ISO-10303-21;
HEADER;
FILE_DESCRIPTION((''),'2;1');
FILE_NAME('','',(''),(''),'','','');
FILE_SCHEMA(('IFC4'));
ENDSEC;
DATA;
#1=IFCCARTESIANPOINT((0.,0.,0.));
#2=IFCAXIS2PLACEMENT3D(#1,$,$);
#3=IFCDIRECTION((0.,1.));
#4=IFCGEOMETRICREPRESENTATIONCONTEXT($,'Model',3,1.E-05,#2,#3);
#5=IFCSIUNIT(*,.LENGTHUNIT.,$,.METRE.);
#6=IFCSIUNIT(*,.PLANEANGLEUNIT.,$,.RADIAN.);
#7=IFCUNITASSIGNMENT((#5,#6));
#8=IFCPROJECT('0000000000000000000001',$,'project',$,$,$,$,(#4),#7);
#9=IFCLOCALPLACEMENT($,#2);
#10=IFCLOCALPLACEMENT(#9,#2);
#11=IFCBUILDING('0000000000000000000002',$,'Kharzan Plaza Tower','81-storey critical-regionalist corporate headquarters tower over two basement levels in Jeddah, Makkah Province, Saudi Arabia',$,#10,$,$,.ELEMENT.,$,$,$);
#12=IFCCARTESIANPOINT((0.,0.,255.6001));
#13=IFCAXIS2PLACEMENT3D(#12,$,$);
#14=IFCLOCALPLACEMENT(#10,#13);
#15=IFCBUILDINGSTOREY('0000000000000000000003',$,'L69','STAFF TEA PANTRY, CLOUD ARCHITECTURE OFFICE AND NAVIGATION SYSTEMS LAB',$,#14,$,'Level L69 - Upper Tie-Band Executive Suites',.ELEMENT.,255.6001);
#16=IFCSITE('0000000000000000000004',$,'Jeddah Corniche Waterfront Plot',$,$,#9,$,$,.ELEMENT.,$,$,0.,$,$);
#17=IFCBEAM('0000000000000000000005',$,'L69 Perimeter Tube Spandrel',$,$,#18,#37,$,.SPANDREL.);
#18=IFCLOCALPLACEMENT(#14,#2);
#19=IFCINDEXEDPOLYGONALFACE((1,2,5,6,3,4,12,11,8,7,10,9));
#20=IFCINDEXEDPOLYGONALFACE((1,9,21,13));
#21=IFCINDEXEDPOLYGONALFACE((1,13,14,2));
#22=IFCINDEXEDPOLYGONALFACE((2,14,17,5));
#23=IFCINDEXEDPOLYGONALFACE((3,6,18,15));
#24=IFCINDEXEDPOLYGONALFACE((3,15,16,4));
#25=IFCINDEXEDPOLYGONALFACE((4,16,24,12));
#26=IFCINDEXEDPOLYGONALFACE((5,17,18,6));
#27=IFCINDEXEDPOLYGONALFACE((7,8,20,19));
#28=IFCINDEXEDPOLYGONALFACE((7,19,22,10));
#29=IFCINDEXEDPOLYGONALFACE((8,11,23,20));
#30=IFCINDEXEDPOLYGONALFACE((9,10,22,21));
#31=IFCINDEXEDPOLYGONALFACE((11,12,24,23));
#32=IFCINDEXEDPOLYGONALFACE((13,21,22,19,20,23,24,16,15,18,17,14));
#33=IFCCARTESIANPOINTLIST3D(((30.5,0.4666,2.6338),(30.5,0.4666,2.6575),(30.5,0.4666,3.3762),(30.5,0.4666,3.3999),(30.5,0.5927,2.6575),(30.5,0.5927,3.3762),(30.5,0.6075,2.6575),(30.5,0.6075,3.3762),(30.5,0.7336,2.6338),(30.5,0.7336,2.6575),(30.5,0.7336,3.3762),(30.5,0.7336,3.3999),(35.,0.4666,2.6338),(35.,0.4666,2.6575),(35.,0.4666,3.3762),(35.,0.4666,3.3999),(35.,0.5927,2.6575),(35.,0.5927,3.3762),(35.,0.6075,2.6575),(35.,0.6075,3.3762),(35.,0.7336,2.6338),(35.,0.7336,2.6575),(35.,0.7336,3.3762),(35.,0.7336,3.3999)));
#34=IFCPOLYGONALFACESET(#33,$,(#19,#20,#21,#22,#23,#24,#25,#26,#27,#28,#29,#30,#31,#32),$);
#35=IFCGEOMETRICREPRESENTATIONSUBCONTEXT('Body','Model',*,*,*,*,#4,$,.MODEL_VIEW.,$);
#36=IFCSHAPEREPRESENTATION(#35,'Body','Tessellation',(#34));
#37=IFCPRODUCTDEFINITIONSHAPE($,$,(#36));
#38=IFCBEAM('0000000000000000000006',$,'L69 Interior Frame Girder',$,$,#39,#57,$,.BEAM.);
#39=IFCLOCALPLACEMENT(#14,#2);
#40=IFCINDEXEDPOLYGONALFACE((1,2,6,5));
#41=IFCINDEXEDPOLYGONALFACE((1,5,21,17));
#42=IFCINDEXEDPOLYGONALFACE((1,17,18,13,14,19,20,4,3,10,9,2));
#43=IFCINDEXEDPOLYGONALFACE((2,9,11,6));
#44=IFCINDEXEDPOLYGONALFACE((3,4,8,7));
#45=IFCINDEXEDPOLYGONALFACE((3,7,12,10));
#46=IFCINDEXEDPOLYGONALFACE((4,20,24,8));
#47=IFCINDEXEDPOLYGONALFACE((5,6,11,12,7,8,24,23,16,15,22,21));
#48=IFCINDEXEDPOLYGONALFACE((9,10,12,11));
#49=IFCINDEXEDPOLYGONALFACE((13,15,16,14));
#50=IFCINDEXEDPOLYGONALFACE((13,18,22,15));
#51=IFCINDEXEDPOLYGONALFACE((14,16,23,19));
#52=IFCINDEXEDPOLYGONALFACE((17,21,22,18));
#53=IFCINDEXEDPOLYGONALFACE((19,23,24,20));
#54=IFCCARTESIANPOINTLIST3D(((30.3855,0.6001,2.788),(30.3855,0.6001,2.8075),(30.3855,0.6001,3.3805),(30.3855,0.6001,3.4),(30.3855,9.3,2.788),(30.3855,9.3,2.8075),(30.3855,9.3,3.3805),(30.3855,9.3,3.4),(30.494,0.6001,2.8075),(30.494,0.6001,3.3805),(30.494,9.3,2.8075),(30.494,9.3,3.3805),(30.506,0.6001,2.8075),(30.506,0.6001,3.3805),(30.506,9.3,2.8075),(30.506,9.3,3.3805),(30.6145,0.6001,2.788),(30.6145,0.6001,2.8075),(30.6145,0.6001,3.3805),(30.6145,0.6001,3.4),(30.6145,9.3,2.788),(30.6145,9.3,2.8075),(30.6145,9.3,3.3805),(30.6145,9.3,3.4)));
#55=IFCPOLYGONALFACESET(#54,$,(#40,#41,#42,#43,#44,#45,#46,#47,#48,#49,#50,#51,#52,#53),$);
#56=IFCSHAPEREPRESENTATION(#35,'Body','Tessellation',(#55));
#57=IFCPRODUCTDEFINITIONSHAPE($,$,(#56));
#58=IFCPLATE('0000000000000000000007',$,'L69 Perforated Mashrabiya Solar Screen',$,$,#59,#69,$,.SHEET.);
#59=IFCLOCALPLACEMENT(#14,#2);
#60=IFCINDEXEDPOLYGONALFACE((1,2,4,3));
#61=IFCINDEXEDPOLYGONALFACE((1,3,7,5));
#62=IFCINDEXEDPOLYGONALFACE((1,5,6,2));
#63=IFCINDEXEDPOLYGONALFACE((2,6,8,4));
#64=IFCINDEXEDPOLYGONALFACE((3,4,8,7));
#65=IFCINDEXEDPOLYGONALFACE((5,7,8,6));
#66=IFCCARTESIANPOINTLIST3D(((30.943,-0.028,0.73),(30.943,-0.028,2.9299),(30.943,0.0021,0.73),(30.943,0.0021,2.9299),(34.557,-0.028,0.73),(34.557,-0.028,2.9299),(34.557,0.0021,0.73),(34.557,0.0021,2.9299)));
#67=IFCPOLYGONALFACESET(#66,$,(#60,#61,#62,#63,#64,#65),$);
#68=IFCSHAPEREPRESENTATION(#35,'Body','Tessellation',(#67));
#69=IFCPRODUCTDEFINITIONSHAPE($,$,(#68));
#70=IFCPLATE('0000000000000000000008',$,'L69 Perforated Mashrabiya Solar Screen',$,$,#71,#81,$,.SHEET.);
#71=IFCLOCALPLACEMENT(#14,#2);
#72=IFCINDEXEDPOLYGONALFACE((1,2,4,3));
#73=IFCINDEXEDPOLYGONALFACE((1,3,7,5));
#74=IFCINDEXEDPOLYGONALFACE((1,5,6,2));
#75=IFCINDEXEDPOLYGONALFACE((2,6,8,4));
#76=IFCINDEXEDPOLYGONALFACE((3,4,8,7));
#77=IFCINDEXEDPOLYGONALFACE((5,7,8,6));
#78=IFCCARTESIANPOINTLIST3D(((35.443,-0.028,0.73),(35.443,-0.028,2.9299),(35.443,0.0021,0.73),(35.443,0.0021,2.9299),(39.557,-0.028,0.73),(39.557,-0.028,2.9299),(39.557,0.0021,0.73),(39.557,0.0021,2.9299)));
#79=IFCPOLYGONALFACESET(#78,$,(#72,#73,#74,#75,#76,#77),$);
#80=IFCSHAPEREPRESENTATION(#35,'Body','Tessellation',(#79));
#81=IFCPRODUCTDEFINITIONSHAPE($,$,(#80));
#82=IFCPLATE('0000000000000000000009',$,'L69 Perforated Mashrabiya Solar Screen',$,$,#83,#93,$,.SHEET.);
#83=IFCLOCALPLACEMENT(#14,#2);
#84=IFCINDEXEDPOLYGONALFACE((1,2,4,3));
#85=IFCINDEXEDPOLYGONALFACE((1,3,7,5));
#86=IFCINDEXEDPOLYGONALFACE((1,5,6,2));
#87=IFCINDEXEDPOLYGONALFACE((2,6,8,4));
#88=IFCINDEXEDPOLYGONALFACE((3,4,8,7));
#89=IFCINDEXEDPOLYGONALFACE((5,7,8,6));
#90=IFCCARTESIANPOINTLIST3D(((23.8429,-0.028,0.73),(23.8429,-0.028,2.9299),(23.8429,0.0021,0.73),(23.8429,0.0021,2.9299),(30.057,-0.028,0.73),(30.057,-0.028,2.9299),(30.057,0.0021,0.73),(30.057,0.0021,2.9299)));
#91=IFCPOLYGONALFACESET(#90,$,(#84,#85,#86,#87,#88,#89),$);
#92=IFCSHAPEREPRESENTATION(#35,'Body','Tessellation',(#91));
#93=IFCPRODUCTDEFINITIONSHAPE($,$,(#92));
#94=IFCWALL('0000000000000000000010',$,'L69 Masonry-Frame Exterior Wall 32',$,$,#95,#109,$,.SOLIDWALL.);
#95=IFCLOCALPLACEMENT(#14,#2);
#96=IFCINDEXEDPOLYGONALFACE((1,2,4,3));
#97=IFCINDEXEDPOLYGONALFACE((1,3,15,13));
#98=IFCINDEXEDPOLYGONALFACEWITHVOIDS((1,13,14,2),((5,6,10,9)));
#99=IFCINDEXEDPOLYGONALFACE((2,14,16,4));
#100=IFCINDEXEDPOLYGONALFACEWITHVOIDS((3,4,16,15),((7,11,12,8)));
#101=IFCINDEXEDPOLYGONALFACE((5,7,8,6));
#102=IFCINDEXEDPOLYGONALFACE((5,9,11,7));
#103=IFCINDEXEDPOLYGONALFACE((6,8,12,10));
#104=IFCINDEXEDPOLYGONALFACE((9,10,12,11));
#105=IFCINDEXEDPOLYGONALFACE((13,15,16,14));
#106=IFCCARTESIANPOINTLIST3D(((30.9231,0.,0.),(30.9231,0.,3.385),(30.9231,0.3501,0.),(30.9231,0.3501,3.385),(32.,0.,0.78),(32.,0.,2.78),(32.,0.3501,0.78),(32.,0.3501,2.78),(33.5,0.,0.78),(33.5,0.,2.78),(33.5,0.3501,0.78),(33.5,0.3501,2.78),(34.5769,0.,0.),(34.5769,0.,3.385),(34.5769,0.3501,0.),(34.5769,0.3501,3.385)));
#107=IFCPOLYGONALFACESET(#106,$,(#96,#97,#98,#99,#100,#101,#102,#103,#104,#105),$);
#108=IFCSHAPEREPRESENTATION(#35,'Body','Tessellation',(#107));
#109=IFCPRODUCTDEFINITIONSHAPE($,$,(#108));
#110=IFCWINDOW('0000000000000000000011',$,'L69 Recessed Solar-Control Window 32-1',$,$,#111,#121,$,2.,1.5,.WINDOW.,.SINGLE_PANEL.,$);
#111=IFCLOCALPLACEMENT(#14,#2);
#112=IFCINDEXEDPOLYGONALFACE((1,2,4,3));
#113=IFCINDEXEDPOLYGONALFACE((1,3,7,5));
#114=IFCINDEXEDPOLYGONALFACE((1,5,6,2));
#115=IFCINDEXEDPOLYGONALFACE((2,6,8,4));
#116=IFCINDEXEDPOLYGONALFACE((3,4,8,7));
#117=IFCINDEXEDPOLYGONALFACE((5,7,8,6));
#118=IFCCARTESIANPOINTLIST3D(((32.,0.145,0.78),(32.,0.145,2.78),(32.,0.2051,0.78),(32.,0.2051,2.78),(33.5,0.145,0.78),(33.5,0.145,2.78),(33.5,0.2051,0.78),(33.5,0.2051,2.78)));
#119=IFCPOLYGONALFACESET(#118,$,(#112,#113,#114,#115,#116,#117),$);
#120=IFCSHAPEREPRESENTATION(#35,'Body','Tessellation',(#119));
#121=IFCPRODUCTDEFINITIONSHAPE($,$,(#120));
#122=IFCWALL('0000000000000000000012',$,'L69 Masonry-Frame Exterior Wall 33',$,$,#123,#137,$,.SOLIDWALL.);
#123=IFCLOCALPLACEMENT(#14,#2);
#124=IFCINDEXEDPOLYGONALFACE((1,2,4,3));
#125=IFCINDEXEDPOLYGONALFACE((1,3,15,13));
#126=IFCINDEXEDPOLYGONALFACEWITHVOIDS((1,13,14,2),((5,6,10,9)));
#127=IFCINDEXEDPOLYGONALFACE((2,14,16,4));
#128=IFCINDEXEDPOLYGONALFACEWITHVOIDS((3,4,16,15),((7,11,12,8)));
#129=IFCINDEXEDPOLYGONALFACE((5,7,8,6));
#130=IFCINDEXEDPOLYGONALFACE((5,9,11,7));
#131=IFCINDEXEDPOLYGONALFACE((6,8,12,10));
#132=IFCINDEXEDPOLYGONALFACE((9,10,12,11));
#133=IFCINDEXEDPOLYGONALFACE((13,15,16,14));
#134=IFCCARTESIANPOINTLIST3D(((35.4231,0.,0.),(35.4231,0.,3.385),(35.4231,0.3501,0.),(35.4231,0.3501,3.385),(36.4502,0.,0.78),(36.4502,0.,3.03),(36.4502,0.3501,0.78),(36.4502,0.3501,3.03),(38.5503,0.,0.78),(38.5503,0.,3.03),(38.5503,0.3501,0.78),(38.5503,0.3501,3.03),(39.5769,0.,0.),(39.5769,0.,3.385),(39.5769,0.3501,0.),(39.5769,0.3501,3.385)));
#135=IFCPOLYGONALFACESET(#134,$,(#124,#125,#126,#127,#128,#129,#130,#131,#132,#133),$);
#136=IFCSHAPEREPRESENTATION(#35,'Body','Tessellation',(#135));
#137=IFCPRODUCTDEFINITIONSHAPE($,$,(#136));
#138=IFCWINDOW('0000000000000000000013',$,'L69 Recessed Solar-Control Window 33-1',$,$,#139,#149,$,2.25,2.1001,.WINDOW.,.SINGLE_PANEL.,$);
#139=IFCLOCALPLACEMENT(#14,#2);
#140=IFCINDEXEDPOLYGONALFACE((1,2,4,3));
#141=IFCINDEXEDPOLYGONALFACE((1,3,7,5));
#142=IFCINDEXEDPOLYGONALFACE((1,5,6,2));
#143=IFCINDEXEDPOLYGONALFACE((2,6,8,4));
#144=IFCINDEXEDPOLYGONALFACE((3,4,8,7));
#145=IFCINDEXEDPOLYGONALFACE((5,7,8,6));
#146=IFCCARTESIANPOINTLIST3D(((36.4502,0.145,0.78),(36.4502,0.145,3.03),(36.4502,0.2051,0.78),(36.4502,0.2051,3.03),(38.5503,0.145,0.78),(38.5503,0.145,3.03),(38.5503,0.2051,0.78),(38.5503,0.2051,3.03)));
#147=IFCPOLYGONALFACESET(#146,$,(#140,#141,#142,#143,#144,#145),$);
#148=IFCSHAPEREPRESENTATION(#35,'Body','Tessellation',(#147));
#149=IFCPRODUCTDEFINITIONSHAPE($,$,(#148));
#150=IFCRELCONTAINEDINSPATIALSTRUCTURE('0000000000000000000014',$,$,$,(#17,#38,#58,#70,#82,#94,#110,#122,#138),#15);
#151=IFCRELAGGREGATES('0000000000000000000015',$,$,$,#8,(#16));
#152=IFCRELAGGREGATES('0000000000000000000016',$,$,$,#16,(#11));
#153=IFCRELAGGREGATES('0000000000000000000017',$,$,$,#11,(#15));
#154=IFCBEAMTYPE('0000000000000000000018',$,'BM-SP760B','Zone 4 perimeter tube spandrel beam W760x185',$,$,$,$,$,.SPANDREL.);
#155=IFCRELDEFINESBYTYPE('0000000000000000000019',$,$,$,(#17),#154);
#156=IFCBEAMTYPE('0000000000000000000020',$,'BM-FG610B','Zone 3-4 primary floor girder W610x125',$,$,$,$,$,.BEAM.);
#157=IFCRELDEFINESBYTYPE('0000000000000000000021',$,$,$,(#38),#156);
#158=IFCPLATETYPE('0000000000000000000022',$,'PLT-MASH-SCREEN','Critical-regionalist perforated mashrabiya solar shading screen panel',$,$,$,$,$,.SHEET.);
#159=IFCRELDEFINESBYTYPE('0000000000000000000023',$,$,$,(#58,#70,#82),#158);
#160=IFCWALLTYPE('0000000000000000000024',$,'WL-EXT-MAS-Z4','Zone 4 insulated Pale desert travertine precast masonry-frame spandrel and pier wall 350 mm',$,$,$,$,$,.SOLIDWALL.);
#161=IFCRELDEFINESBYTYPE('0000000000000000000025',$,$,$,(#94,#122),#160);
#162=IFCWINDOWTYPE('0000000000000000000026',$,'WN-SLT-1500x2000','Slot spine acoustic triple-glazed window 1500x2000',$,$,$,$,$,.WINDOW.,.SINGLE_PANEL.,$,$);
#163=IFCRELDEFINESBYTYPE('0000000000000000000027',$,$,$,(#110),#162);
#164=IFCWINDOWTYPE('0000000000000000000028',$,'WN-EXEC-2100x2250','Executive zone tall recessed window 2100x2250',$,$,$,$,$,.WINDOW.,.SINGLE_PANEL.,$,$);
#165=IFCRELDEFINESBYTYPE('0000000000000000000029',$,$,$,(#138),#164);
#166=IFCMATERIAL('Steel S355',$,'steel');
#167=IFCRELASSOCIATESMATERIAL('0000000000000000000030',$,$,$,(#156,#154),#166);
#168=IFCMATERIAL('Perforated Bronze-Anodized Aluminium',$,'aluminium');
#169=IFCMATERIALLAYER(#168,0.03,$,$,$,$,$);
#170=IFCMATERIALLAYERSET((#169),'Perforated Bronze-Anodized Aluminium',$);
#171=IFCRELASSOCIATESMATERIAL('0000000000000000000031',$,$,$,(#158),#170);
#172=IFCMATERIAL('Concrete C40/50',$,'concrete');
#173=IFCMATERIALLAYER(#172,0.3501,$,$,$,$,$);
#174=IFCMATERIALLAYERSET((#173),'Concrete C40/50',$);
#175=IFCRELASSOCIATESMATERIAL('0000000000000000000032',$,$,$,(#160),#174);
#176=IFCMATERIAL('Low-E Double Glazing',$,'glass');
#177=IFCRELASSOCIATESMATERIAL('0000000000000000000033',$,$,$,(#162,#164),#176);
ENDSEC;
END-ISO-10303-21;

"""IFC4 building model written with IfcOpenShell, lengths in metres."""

from ifc_helpers import new_model, si_unit, direction, frame, frame_2d, origin, origin_2d, place, context, subcontext, project, spatial, rectangle, i_section, extrude, source, transform, mapped, material, layer, layer_set, material_profile, profile_set, type_object, element, fill, save


model = new_model("IFC4")

# Units and contexts
model_context = context("Model", 3, precision=1e-05, world=origin(), true_north=direction((0.0, 1.0)))
body_context = subcontext(model_context, "Body", "Model", "MODEL_VIEW")
ifc_project = project(units=[si_unit("LENGTHUNIT", "METRE"), si_unit("PLANEANGLEUNIT", "RADIAN")], contexts=[model_context])

# Site, building, storey
site_placement = place(None, origin())
site = spatial("IfcSite", under=ifc_project, at=site_placement, Name="Jeddah Corniche Waterfront Plot", CompositionType="ELEMENT", RefElevation=0.0)
building_placement = place(site_placement, origin())
building = spatial("IfcBuilding", under=site, at=building_placement, Name="Kharzan Plaza Tower", Description="81-storey critical-regionalist corporate headquarters tower over two basement levels in Jeddah, Makkah Province, Saudi Arabia", CompositionType="ELEMENT")
storey_placement = place(building_placement, frame((0.0, 0.0, 255.6001)))
storey = spatial("IfcBuildingStorey", under=building, at=storey_placement, Name="L69", Description="STAFF TEA PANTRY, CLOUD ARCHITECTURE OFFICE AND NAVIGATION SYSTEMS LAB", LongName="Level L69 - Upper Tie-Band Executive Suites", CompositionType="ELEMENT", Elevation=255.6001)

# Beams
ifc_material_1 = material(Name="Steel S355", Category="steel")
ifc_material_profile_1 = material_profile(ifc_material_1, i_section(OverallWidth=0.229, OverallDepth=0.6121, WebThickness=0.012, FlangeThickness=0.0195, at=origin_2d()), Name="W610x125")
ifc_profile_set_1 = profile_set([ifc_material_profile_1], Name="Steel S355")
beam_type_1 = type_object("IfcBeamType", Name="BM-FG610B", Description="Zone 3-4 primary floor girder W610x125", PredefinedType="BEAM", material=ifc_profile_set_1)
ifc_material_profile_2 = material_profile(ifc_material_1, i_section(OverallWidth=0.2671, OverallDepth=0.7661, WebThickness=0.0149, FlangeThickness=0.0237, at=origin_2d()), Name="W760x185")
ifc_profile_set_2 = profile_set([ifc_material_profile_2], Name="Steel S355")
beam_type_2 = type_object("IfcBeamType", Name="BM-SP760B", Description="Zone 4 perimeter tube spandrel beam W760x185", PredefinedType="SPANDREL", material=ifc_profile_set_2)
shared_shape_1 = source(origin(), body_context, "Body", "SweptSolid", [
    extrude(i_section(OverallWidth=0.2671, OverallDepth=0.7661, WebThickness=0.0149, FlangeThickness=0.0237, at=origin_2d()), origin(), (0.0, 0.0, 1.0), 4.5),
])
beam_1_placement = place(storey_placement, frame((30.5, 0.6001, 3.0168), z_axis=(1.0, 0.0, 0.0), x_axis=(0.0, 1.0, 0.0)))
element("IfcBeam", 1, at=beam_1_placement, inside=storey, type_object=beam_type_2, Name="L69 Perimeter Tube Spandrel", PredefinedType="SPANDREL", context=body_context, shape_type="MappedRepresentation", body=[
    mapped(shared_shape_1, transform((0.0, 0.0, 0.0), x_axis=(1.0, 0.0, 0.0), y_axis=(0.0, 1.0, 0.0), z_axis=(0.0, 0.0, 1.0))),
])
shared_shape_2 = source(origin(), body_context, "Body", "SweptSolid", [
    extrude(i_section(OverallWidth=0.229, OverallDepth=0.6121, WebThickness=0.012, FlangeThickness=0.0195, at=origin_2d()), origin(), (0.0, 0.0, 1.0), 8.7),
])
beam_2_placement = place(storey_placement, frame((30.5, 0.6001, 3.094), z_axis=(0.0, 1.0, 0.0), x_axis=(-1.0, 0.0, 0.0)))
element("IfcBeam", 2, at=beam_2_placement, inside=storey, type_object=beam_type_1, Name="L69 Interior Frame Girder", PredefinedType="BEAM", context=body_context, shape_type="MappedRepresentation", body=[
    mapped(shared_shape_2, transform((0.0, 0.0, 0.0), x_axis=(1.0, 0.0, 0.0), y_axis=(0.0, 1.0, 0.0), z_axis=(0.0, 0.0, 1.0))),
])

# Plates
ifc_material_2 = material(Name="Perforated Bronze-Anodized Aluminium", Category="aluminium")
ifc_layer_1 = layer(ifc_material_2, 0.03)
ifc_layer_set_1 = layer_set([ifc_layer_1], Name="Perforated Bronze-Anodized Aluminium")
plate_type = type_object("IfcPlateType", Name="PLT-MASH-SCREEN", Description="Critical-regionalist perforated mashrabiya solar shading screen panel", PredefinedType="SHEET", material=ifc_layer_set_1)
shared_shape_3 = source(origin(), body_context, "Body", "SweptSolid", [
    extrude(rectangle(XDim=3.614, YDim=0.03, at=origin_2d()), origin(), (0.0, 0.0, 1.0), 2.2),
])
plate_1_placement = place(storey_placement, frame((32.75, -0.0129, 0.73), z_axis=(0.0, 0.0, 1.0), x_axis=(1.0, 0.0, 0.0)))
element("IfcPlate", 3, at=plate_1_placement, inside=storey, type_object=plate_type, Name="L69 Perforated Mashrabiya Solar Screen", PredefinedType="SHEET", context=body_context, shape_type="MappedRepresentation", body=[
    mapped(shared_shape_3, transform((0.0, 0.0, 0.0), x_axis=(1.0, 0.0, 0.0), y_axis=(0.0, 1.0, 0.0), z_axis=(0.0, 0.0, 1.0))),
])
shared_shape_4 = source(origin(), body_context, "Body", "SweptSolid", [
    extrude(rectangle(XDim=4.114, YDim=0.03, at=origin_2d()), origin(), (0.0, 0.0, 1.0), 2.2),
])
plate_2_placement = place(storey_placement, frame((37.5, -0.0129, 0.73), z_axis=(0.0, 0.0, 1.0), x_axis=(1.0, 0.0, 0.0)))
element("IfcPlate", 4, at=plate_2_placement, inside=storey, type_object=plate_type, Name="L69 Perforated Mashrabiya Solar Screen", PredefinedType="SHEET", context=body_context, shape_type="MappedRepresentation", body=[
    mapped(shared_shape_4, transform((0.0, 0.0, 0.0), x_axis=(1.0, 0.0, 0.0), y_axis=(0.0, 1.0, 0.0), z_axis=(0.0, 0.0, 1.0))),
])
shared_shape_5 = source(origin(), body_context, "Body", "SweptSolid", [
    extrude(rectangle(XDim=6.2141, YDim=0.03, at=origin_2d()), origin(), (0.0, 0.0, 1.0), 2.2),
])
plate_3_placement = place(storey_placement, frame((26.95, -0.0129, 0.73), z_axis=(0.0, 0.0, 1.0), x_axis=(1.0, 0.0, 0.0)))
element("IfcPlate", 5, at=plate_3_placement, inside=storey, type_object=plate_type, Name="L69 Perforated Mashrabiya Solar Screen", PredefinedType="SHEET", context=body_context, shape_type="MappedRepresentation", body=[
    mapped(shared_shape_5, transform((0.0, 0.0, 0.0), x_axis=(1.0, 0.0, 0.0), y_axis=(0.0, 1.0, 0.0), z_axis=(0.0, 0.0, 1.0))),
])

# Walls, openings, windows
ifc_material_3 = material(Name="Concrete C40/50", Category="concrete")
ifc_layer_2 = layer(ifc_material_3, 0.3501)
ifc_layer_set_2 = layer_set([ifc_layer_2], Name="Concrete C40/50")
wall_type_1 = type_object("IfcWallType", Name="WL-EXT-MAS-Z4", Description="Zone 4 insulated Pale desert travertine precast masonry-frame spandrel and pier wall 350 mm", PredefinedType="SOLIDWALL", material=ifc_layer_set_2)
wall_1_placement = place(storey_placement, frame((30.9231, 0.175, 0.0), z_axis=(0.0, 0.0, 1.0), x_axis=(1.0, 0.0, 0.0)))
wall_1 = element("IfcWall", 6, at=wall_1_placement, inside=storey, type_object=wall_type_1, Name="L69 Masonry-Frame Exterior Wall 32", PredefinedType="SOLIDWALL", context=body_context, shape_type="SweptSolid", body=[
    extrude(rectangle(XDim=3.6538, YDim=0.3501, at=frame_2d((1.8269, 0.0))), origin(), (0.0, 0.0, 1.0), 3.385),
])
opening_1_placement = place(wall_1_placement, frame((1.0769, 0.0, 0.78)))
opening_1 = element("IfcOpeningElement", 7, at=opening_1_placement, cuts=wall_1, PredefinedType="OPENING", context=body_context, shape_type="SweptSolid", body=[
    extrude(rectangle(XDim=1.5, YDim=2.0, at=frame_2d((0.75, 1.0))), frame((0.0, 0.1851, 0.0), z_axis=(0.0, -1.0, 0.0), x_axis=(1.0, 0.0, 0.0)), (0.0, 0.0, 1.0), 0.3701),
])
ifc_material_4 = material(Name="Low-E Double Glazing", Category="glass")
window_type_1 = type_object("IfcWindowType", Name="WN-SLT-1500x2000", Description="Slot spine acoustic triple-glazed window 1500x2000", PartitioningType="SINGLE_PANEL", PredefinedType="WINDOW", material=ifc_material_4)
shared_shape_6 = source(origin(), body_context, "Body", "SweptSolid", [
    extrude(rectangle(XDim=1.5, YDim=2.0, at=frame_2d((0.75, 1.0))), frame((0.0, 0.03, 0.0), z_axis=(0.0, -1.0, 0.0), x_axis=(1.0, 0.0, 0.0)), (0.0, 0.0, 1.0), 0.0601),
])
window_1_placement = place(opening_1_placement, origin())
window_1 = element("IfcWindow", 8, at=window_1_placement, inside=storey, type_object=window_type_1, Name="L69 Recessed Solar-Control Window 32-1", OverallHeight=2.0, OverallWidth=1.5, PartitioningType="SINGLE_PANEL", PredefinedType="WINDOW", context=body_context, shape_type="MappedRepresentation", body=[
    mapped(shared_shape_6, transform((0.0, 0.0, 0.0), x_axis=(1.0, 0.0, 0.0), y_axis=(0.0, 1.0, 0.0), z_axis=(0.0, 0.0, 1.0))),
])
fill(opening_1, window_1)
wall_2_placement = place(storey_placement, frame((35.4231, 0.175, 0.0), z_axis=(0.0, 0.0, 1.0), x_axis=(1.0, 0.0, 0.0)))
wall_2 = element("IfcWall", 9, at=wall_2_placement, inside=storey, type_object=wall_type_1, Name="L69 Masonry-Frame Exterior Wall 33", PredefinedType="SOLIDWALL", context=body_context, shape_type="SweptSolid", body=[
    extrude(rectangle(XDim=4.1538, YDim=0.3501, at=frame_2d((2.0769, 0.0))), origin(), (0.0, 0.0, 1.0), 3.385),
])
opening_2_placement = place(wall_2_placement, frame((1.0271, 0.0, 0.78)))
opening_2 = element("IfcOpeningElement", 10, at=opening_2_placement, cuts=wall_2, PredefinedType="OPENING", context=body_context, shape_type="SweptSolid", body=[
    extrude(rectangle(XDim=2.1001, YDim=2.25, at=frame_2d((1.05, 1.125))), frame((0.0, 0.1851, 0.0), z_axis=(0.0, -1.0, 0.0), x_axis=(1.0, 0.0, 0.0)), (0.0, 0.0, 1.0), 0.3701),
])
window_type_2 = type_object("IfcWindowType", Name="WN-EXEC-2100x2250", Description="Executive zone tall recessed window 2100x2250", PartitioningType="SINGLE_PANEL", PredefinedType="WINDOW", material=ifc_material_4)
shared_shape_7 = source(origin(), body_context, "Body", "SweptSolid", [
    extrude(rectangle(XDim=2.1001, YDim=2.25, at=frame_2d((1.05, 1.125))), frame((0.0, 0.03, 0.0), z_axis=(0.0, -1.0, 0.0), x_axis=(1.0, 0.0, 0.0)), (0.0, 0.0, 1.0), 0.0601),
])
window_2_placement = place(opening_2_placement, origin())
window_2 = element("IfcWindow", 11, at=window_2_placement, inside=storey, type_object=window_type_2, Name="L69 Recessed Solar-Control Window 33-1", OverallHeight=2.25, OverallWidth=2.1001, PartitioningType="SINGLE_PANEL", PredefinedType="WINDOW", context=body_context, shape_type="MappedRepresentation", body=[
    mapped(shared_shape_7, transform((0.0, 0.0, 0.0), x_axis=(1.0, 0.0, 0.0), y_axis=(0.0, 1.0, 0.0), z_axis=(0.0, 0.0, 1.0))),
])
fill(opening_2, window_2)

save(model, "model.ifc")
